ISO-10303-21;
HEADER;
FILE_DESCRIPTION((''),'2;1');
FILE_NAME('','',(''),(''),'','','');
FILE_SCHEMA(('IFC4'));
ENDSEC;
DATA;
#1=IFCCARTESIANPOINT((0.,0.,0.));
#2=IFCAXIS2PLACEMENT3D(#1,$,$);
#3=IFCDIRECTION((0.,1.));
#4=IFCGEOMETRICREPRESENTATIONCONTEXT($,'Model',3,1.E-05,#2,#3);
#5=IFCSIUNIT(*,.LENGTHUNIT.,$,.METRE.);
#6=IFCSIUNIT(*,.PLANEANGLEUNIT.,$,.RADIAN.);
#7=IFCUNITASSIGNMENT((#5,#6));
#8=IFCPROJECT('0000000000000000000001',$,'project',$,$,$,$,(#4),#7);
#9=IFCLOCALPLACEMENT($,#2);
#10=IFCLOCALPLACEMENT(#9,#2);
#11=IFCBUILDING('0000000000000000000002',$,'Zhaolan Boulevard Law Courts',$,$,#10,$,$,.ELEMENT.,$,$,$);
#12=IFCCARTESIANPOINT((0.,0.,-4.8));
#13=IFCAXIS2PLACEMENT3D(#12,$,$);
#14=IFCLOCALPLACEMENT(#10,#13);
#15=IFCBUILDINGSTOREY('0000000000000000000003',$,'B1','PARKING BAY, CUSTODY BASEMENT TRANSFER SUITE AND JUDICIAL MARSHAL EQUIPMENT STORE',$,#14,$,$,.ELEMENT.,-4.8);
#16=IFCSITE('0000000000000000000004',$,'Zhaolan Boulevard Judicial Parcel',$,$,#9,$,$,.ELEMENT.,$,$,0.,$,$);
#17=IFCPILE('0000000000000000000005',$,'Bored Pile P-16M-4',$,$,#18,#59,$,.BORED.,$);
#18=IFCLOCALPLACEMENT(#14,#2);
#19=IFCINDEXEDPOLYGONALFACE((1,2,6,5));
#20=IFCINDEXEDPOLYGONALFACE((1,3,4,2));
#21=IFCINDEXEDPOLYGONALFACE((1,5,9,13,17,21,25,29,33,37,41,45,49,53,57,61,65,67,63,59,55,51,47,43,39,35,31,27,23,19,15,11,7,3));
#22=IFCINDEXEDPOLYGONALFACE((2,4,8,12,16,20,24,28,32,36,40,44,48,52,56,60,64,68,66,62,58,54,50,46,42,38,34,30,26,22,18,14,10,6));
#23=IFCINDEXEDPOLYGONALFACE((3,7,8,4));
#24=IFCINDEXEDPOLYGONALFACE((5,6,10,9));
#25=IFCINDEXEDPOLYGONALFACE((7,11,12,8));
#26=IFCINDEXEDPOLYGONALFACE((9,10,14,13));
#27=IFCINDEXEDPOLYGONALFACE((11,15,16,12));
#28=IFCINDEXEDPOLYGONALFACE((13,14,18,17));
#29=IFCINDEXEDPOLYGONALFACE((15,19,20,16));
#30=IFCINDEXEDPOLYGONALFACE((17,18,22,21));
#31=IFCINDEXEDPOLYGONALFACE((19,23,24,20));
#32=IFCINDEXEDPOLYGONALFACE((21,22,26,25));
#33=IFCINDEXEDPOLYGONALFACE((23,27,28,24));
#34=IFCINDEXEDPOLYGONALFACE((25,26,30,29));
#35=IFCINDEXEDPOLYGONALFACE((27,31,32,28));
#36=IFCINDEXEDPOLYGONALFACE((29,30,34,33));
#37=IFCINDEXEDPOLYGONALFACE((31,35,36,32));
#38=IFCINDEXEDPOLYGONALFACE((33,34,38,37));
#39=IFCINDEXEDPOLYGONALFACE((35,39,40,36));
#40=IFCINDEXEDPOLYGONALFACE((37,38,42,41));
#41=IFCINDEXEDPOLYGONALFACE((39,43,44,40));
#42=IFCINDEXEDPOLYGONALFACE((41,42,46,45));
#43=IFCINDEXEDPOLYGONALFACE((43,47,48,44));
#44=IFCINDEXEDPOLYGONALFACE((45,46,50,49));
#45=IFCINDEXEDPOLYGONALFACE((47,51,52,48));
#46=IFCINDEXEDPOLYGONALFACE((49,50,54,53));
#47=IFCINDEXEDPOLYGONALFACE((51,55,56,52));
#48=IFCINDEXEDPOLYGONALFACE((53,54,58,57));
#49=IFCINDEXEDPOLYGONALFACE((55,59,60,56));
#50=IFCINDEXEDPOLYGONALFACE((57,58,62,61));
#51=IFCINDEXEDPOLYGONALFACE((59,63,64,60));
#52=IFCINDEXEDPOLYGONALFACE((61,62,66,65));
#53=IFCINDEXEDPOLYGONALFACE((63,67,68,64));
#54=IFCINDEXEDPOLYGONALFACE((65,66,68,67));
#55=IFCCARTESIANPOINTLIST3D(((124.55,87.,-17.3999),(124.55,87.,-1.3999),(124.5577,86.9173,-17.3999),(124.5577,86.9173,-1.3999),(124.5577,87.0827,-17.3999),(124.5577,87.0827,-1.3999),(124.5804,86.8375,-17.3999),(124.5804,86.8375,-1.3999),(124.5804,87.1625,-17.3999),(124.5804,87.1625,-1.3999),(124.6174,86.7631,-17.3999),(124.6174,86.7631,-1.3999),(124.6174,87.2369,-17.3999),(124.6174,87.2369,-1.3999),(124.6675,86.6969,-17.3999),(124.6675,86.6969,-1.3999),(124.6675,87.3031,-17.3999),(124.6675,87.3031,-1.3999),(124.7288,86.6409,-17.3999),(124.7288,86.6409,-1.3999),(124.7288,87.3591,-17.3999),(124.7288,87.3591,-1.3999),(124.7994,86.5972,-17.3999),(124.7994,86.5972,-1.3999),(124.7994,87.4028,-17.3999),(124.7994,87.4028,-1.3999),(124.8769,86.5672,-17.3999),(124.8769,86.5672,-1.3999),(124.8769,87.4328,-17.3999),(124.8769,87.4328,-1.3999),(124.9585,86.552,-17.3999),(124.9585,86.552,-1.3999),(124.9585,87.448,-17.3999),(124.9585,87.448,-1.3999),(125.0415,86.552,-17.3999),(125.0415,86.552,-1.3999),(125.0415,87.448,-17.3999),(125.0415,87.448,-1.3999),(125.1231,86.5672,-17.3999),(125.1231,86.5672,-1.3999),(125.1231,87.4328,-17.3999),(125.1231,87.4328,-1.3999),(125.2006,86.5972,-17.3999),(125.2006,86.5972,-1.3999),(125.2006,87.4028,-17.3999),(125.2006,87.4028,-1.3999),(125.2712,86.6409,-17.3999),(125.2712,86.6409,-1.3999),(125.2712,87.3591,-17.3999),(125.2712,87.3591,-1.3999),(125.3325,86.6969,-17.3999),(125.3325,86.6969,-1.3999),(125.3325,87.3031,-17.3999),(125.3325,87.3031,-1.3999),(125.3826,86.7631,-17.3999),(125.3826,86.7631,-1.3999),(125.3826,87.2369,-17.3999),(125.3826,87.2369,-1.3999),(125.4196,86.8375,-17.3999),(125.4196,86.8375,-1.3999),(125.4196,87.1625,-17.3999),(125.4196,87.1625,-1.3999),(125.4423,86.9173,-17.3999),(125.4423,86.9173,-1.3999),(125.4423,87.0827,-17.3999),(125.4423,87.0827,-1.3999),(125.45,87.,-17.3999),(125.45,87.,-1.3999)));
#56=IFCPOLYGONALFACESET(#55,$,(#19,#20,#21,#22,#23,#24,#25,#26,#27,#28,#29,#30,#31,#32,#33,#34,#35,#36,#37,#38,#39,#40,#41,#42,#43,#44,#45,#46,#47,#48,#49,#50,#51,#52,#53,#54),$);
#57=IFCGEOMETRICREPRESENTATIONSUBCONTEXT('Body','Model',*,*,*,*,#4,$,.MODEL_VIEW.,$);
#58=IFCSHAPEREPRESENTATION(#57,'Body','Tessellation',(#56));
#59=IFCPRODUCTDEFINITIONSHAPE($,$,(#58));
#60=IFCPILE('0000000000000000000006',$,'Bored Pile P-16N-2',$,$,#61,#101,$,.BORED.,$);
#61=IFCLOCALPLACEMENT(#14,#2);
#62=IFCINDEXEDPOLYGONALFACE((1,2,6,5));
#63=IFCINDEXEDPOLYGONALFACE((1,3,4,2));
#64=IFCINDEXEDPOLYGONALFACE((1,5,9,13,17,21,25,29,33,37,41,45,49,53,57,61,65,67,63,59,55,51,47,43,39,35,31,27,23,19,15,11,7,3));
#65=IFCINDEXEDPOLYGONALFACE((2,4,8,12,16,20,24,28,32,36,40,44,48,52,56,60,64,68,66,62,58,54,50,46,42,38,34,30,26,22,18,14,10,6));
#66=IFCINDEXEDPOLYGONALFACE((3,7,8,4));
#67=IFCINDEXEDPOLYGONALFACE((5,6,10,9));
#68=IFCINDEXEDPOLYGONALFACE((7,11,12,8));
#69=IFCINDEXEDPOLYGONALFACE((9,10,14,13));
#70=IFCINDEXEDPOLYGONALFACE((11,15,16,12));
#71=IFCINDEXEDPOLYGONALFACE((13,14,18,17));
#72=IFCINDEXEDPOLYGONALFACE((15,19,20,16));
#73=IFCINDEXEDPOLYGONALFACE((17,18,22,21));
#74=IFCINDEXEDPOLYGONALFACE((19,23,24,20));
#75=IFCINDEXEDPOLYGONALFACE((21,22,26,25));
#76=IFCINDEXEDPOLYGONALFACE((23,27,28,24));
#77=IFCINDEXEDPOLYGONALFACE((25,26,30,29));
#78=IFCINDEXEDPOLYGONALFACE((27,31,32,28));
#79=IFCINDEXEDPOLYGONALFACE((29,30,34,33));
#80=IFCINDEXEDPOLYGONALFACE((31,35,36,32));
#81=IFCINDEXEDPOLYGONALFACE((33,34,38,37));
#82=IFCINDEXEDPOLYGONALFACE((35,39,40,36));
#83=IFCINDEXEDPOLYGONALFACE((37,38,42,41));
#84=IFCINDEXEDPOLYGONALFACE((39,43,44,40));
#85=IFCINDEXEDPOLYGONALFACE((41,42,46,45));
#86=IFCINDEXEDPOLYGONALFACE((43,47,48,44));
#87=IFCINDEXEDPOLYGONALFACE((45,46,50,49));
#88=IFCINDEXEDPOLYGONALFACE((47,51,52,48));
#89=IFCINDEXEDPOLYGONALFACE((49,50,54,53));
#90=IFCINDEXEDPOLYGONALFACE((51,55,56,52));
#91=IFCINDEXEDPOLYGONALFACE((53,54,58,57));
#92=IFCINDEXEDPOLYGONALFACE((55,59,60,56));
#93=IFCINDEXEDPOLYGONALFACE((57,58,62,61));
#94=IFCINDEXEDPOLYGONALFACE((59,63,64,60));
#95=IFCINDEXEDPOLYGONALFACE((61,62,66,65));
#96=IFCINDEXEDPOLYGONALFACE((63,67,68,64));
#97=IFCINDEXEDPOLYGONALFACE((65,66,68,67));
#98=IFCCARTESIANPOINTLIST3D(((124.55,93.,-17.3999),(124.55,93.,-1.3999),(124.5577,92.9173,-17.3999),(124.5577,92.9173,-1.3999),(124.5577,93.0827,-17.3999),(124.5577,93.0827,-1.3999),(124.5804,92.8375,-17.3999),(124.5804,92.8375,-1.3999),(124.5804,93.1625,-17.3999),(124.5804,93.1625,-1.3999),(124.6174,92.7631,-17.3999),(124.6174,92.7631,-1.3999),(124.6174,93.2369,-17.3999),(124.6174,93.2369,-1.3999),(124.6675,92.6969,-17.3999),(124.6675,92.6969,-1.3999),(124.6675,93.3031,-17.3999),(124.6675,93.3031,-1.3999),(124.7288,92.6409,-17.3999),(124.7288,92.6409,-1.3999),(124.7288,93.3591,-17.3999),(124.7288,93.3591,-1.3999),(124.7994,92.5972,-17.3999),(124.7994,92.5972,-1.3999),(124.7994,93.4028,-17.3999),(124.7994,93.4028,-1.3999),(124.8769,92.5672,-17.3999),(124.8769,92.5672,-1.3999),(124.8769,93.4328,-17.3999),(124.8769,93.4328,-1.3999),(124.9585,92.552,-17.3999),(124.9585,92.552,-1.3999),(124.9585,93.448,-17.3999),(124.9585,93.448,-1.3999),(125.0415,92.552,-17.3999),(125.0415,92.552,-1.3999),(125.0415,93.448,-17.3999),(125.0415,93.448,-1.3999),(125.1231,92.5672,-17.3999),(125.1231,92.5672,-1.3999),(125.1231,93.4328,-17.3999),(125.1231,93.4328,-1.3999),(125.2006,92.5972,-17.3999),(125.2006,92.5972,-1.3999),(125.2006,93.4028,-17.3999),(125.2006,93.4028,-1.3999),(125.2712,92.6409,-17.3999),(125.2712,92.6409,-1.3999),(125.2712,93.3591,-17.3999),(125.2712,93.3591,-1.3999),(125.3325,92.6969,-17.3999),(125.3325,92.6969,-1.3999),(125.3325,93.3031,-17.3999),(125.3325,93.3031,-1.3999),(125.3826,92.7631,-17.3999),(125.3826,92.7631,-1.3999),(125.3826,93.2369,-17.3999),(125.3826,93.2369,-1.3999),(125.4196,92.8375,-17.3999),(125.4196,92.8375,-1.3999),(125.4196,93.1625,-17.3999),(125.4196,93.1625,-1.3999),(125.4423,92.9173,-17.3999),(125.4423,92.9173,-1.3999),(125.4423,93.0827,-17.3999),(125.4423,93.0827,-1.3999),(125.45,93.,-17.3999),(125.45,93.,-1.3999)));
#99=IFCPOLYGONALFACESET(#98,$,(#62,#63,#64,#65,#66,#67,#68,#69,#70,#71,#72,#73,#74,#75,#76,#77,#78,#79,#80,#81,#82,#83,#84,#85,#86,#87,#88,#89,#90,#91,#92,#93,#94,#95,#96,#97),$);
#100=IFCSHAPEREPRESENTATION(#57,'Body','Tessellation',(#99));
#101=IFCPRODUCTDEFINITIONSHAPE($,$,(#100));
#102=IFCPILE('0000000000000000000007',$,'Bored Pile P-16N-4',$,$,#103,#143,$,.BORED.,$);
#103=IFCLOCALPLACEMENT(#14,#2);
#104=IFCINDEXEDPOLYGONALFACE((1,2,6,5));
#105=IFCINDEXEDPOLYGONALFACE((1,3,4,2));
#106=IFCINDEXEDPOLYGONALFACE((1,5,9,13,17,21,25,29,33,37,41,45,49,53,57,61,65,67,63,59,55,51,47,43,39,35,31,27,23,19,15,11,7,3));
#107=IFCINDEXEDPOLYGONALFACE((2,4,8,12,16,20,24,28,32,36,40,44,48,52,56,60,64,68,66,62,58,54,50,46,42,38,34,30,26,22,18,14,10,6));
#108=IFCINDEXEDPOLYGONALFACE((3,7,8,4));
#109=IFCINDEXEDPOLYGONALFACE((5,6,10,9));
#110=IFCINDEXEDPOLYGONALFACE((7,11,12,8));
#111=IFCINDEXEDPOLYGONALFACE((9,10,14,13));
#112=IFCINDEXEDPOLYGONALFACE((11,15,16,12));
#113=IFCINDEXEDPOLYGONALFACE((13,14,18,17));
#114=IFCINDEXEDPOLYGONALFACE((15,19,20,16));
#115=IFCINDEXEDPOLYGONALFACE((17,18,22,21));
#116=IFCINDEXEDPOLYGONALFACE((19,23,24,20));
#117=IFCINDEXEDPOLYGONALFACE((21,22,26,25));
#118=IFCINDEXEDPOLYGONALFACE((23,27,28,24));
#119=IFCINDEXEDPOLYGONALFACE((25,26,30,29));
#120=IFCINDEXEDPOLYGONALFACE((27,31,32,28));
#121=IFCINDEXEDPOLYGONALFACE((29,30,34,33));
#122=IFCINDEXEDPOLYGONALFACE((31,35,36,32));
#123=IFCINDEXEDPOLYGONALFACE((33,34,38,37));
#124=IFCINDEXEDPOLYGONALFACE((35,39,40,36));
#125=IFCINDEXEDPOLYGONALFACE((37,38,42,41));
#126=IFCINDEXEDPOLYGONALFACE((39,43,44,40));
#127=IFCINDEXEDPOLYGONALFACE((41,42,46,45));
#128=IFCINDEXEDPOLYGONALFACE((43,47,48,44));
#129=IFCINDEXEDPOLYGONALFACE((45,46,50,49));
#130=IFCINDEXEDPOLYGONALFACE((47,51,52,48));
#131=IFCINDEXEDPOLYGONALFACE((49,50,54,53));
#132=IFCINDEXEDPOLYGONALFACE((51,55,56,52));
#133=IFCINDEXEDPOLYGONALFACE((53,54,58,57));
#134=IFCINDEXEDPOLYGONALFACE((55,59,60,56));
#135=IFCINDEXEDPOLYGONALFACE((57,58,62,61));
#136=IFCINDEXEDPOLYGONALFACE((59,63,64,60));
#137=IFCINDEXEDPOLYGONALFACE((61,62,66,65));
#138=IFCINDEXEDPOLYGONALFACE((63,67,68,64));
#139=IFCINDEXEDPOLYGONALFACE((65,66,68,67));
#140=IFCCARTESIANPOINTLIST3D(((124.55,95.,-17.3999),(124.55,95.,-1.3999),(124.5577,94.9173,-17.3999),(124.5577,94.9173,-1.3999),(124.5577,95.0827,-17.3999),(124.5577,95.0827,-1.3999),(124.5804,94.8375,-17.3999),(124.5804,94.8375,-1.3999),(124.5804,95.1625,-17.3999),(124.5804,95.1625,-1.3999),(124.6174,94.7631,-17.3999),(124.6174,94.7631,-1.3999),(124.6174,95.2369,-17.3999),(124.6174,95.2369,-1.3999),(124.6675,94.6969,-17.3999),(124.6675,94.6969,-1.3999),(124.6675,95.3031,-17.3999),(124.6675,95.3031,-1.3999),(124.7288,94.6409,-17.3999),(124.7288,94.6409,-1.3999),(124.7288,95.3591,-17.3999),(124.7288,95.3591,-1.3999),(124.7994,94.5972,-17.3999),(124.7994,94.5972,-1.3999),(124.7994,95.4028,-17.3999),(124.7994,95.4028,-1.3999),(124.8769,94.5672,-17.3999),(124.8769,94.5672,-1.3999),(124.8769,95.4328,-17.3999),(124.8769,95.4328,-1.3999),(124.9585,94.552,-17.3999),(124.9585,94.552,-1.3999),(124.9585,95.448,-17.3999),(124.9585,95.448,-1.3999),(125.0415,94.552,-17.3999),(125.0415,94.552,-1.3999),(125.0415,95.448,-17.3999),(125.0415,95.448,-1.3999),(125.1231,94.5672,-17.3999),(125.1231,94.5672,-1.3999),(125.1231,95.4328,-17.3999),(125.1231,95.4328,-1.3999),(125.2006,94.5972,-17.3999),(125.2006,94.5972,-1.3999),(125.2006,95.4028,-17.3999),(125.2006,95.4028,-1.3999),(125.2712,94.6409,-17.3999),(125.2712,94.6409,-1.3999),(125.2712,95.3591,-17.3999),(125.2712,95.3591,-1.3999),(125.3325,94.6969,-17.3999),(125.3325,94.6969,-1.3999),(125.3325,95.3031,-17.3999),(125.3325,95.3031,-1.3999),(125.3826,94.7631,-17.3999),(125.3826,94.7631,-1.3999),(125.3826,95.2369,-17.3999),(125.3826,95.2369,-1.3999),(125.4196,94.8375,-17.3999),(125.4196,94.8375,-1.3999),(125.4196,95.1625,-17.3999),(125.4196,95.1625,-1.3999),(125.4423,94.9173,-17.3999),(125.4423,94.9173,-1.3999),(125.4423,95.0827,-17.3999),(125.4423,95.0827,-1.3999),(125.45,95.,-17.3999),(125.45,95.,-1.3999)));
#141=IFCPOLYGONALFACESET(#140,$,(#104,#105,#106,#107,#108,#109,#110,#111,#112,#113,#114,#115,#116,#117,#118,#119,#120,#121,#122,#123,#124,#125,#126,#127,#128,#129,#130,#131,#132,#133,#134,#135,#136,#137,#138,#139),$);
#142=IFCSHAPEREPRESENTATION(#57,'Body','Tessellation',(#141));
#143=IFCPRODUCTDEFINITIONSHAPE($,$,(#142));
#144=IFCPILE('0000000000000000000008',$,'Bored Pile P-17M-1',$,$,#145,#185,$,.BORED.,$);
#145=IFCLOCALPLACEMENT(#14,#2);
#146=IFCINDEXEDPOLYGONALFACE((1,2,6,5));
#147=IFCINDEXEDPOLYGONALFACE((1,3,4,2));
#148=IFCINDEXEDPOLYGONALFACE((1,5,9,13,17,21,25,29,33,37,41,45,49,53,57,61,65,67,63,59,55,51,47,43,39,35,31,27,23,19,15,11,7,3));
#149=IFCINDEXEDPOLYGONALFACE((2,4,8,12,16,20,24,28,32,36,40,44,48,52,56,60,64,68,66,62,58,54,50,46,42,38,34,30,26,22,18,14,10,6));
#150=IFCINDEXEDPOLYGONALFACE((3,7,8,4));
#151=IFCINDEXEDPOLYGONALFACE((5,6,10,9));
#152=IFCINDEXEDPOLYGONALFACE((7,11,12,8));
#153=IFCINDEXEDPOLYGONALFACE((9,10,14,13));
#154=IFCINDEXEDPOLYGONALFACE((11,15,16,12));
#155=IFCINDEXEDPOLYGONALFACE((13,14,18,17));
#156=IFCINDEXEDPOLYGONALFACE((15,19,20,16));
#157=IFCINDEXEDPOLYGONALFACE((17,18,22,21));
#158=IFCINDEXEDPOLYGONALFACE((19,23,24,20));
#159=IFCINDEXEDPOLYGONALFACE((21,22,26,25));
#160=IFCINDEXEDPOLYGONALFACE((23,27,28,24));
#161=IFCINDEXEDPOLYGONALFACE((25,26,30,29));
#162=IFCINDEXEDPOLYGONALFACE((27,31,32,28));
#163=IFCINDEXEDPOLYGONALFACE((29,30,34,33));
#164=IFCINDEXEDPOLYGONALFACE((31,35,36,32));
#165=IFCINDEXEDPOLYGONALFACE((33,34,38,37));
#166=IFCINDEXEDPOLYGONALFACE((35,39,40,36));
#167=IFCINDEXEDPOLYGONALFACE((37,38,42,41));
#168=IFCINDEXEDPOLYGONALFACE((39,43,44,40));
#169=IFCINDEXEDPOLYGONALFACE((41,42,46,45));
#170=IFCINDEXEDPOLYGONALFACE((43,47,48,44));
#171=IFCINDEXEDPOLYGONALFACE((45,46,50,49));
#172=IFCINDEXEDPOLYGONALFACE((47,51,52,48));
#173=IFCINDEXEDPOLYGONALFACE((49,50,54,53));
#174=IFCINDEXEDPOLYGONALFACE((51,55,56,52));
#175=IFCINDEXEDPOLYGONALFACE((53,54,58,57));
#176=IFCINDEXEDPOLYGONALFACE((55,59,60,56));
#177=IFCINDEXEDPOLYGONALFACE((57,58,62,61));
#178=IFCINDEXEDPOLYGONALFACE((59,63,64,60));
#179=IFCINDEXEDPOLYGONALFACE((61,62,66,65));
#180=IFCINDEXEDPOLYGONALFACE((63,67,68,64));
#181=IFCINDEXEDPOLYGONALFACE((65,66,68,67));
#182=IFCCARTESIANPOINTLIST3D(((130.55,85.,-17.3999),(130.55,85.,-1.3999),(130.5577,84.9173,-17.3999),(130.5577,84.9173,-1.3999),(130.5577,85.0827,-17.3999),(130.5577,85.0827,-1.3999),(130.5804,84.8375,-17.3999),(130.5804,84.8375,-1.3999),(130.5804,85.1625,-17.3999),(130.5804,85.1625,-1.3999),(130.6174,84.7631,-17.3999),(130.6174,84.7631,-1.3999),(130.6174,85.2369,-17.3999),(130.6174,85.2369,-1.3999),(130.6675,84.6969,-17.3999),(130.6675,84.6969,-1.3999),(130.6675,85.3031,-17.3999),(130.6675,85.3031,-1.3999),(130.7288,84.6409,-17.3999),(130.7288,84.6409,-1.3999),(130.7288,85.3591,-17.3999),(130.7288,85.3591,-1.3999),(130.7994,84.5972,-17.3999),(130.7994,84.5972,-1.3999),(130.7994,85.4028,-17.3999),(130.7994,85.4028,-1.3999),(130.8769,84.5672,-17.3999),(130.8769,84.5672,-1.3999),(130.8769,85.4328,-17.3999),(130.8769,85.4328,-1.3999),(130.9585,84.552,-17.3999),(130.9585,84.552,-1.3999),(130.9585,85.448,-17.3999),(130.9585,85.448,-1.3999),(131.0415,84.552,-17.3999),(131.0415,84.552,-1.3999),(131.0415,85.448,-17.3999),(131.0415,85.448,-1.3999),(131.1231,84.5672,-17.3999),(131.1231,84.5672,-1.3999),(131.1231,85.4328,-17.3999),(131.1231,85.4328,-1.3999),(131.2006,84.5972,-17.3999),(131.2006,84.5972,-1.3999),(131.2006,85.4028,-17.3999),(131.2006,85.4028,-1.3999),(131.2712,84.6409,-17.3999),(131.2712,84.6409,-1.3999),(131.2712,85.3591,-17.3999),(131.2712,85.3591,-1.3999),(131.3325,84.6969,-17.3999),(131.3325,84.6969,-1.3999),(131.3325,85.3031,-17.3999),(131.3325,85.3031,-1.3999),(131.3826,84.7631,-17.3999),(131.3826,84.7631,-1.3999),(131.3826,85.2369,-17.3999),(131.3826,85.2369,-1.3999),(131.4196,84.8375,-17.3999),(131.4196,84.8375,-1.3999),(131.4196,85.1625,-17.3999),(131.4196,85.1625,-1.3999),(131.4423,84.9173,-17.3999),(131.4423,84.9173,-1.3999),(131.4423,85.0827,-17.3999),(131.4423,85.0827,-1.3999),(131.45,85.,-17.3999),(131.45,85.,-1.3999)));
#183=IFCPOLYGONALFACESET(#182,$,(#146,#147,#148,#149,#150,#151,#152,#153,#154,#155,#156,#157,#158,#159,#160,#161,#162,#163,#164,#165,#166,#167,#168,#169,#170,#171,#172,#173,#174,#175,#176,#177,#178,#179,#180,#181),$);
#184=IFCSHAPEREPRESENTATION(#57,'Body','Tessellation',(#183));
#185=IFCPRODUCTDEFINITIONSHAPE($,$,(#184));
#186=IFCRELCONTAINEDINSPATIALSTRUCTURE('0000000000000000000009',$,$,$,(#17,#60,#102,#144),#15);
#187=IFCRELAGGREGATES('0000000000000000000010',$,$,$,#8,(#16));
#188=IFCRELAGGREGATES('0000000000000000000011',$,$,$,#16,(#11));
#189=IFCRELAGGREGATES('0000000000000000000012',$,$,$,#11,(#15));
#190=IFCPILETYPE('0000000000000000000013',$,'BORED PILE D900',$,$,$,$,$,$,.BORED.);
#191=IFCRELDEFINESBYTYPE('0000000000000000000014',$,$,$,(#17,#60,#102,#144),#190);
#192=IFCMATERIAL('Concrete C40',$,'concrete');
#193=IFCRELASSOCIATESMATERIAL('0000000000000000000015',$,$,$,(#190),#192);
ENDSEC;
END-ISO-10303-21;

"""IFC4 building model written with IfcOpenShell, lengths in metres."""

from ifc_helpers import new_model, si_unit, direction, frame, origin, origin_2d, place, context, subcontext, project, spatial, circle, extrude, material, material_profile, profile_set, type_object, element, save


model = new_model("IFC4")

# Units and contexts
model_context = context("Model", 3, precision=1e-05, world=origin(), true_north=direction((0.0, 1.0)))
body_context = subcontext(model_context, "Body", "Model", "MODEL_VIEW")
ifc_project = project(units=[si_unit("LENGTHUNIT", "METRE"), si_unit("PLANEANGLEUNIT", "RADIAN")], contexts=[model_context])

# Site, building, storey
site_placement = place(None, origin())
site = spatial("IfcSite", under=ifc_project, at=site_placement, Name="Zhaolan Boulevard Judicial Parcel", CompositionType="ELEMENT", RefElevation=0.0)
building_placement = place(site_placement, origin())
building = spatial("IfcBuilding", under=site, at=building_placement, Name="Zhaolan Boulevard Law Courts", CompositionType="ELEMENT")
storey_placement = place(building_placement, frame((0.0, 0.0, -4.8)))
storey = spatial("IfcBuildingStorey", under=building, at=storey_placement, Name="B1", Description="PARKING BAY, CUSTODY BASEMENT TRANSFER SUITE AND JUDICIAL MARSHAL EQUIPMENT STORE", CompositionType="ELEMENT", Elevation=-4.8)

# Piles
ifc_material_1 = material(Name="Concrete C40", Category="concrete")
ifc_material_profile_1 = material_profile(ifc_material_1, circle(Radius=0.45, at=origin_2d()), Name="PILE-D900")
ifc_profile_set_1 = profile_set([ifc_material_profile_1], Name="Concrete C40")
pile_type = type_object("IfcPileType", Name="BORED PILE D900", PredefinedType="BORED", material=ifc_profile_set_1)
for number, where, z_axis, x_axis, name in (
    (1, (125.0, 87.0, -1.3999), (0.0, 0.0, -1.0), (1.0, 0.0, 0.0), "Bored Pile P-16M-4"),
    (2, (125.0, 93.0, -1.3999), (0.0, 0.0, -1.0), (1.0, 0.0, 0.0), "Bored Pile P-16N-2"),
    (3, (125.0, 95.0, -1.3999), (0.0, 0.0, -1.0), (1.0, 0.0, 0.0), "Bored Pile P-16N-4"),
    (4, (131.0, 85.0, -1.3999), (0.0, 0.0, -1.0), (1.0, 0.0, 0.0), "Bored Pile P-17M-1"),
):
    element("IfcPile", number, at=place(storey_placement, frame(where, z_axis=z_axis, x_axis=x_axis)), inside=storey, type_object=pile_type, Name=name, PredefinedType="BORED", context=body_context, shape_type="SweptSolid", body=[
        extrude(circle(Radius=0.45, at=origin_2d()), origin(), (0.0, 0.0, 1.0), 16.0),
    ])

save(model, "model.ifc")
